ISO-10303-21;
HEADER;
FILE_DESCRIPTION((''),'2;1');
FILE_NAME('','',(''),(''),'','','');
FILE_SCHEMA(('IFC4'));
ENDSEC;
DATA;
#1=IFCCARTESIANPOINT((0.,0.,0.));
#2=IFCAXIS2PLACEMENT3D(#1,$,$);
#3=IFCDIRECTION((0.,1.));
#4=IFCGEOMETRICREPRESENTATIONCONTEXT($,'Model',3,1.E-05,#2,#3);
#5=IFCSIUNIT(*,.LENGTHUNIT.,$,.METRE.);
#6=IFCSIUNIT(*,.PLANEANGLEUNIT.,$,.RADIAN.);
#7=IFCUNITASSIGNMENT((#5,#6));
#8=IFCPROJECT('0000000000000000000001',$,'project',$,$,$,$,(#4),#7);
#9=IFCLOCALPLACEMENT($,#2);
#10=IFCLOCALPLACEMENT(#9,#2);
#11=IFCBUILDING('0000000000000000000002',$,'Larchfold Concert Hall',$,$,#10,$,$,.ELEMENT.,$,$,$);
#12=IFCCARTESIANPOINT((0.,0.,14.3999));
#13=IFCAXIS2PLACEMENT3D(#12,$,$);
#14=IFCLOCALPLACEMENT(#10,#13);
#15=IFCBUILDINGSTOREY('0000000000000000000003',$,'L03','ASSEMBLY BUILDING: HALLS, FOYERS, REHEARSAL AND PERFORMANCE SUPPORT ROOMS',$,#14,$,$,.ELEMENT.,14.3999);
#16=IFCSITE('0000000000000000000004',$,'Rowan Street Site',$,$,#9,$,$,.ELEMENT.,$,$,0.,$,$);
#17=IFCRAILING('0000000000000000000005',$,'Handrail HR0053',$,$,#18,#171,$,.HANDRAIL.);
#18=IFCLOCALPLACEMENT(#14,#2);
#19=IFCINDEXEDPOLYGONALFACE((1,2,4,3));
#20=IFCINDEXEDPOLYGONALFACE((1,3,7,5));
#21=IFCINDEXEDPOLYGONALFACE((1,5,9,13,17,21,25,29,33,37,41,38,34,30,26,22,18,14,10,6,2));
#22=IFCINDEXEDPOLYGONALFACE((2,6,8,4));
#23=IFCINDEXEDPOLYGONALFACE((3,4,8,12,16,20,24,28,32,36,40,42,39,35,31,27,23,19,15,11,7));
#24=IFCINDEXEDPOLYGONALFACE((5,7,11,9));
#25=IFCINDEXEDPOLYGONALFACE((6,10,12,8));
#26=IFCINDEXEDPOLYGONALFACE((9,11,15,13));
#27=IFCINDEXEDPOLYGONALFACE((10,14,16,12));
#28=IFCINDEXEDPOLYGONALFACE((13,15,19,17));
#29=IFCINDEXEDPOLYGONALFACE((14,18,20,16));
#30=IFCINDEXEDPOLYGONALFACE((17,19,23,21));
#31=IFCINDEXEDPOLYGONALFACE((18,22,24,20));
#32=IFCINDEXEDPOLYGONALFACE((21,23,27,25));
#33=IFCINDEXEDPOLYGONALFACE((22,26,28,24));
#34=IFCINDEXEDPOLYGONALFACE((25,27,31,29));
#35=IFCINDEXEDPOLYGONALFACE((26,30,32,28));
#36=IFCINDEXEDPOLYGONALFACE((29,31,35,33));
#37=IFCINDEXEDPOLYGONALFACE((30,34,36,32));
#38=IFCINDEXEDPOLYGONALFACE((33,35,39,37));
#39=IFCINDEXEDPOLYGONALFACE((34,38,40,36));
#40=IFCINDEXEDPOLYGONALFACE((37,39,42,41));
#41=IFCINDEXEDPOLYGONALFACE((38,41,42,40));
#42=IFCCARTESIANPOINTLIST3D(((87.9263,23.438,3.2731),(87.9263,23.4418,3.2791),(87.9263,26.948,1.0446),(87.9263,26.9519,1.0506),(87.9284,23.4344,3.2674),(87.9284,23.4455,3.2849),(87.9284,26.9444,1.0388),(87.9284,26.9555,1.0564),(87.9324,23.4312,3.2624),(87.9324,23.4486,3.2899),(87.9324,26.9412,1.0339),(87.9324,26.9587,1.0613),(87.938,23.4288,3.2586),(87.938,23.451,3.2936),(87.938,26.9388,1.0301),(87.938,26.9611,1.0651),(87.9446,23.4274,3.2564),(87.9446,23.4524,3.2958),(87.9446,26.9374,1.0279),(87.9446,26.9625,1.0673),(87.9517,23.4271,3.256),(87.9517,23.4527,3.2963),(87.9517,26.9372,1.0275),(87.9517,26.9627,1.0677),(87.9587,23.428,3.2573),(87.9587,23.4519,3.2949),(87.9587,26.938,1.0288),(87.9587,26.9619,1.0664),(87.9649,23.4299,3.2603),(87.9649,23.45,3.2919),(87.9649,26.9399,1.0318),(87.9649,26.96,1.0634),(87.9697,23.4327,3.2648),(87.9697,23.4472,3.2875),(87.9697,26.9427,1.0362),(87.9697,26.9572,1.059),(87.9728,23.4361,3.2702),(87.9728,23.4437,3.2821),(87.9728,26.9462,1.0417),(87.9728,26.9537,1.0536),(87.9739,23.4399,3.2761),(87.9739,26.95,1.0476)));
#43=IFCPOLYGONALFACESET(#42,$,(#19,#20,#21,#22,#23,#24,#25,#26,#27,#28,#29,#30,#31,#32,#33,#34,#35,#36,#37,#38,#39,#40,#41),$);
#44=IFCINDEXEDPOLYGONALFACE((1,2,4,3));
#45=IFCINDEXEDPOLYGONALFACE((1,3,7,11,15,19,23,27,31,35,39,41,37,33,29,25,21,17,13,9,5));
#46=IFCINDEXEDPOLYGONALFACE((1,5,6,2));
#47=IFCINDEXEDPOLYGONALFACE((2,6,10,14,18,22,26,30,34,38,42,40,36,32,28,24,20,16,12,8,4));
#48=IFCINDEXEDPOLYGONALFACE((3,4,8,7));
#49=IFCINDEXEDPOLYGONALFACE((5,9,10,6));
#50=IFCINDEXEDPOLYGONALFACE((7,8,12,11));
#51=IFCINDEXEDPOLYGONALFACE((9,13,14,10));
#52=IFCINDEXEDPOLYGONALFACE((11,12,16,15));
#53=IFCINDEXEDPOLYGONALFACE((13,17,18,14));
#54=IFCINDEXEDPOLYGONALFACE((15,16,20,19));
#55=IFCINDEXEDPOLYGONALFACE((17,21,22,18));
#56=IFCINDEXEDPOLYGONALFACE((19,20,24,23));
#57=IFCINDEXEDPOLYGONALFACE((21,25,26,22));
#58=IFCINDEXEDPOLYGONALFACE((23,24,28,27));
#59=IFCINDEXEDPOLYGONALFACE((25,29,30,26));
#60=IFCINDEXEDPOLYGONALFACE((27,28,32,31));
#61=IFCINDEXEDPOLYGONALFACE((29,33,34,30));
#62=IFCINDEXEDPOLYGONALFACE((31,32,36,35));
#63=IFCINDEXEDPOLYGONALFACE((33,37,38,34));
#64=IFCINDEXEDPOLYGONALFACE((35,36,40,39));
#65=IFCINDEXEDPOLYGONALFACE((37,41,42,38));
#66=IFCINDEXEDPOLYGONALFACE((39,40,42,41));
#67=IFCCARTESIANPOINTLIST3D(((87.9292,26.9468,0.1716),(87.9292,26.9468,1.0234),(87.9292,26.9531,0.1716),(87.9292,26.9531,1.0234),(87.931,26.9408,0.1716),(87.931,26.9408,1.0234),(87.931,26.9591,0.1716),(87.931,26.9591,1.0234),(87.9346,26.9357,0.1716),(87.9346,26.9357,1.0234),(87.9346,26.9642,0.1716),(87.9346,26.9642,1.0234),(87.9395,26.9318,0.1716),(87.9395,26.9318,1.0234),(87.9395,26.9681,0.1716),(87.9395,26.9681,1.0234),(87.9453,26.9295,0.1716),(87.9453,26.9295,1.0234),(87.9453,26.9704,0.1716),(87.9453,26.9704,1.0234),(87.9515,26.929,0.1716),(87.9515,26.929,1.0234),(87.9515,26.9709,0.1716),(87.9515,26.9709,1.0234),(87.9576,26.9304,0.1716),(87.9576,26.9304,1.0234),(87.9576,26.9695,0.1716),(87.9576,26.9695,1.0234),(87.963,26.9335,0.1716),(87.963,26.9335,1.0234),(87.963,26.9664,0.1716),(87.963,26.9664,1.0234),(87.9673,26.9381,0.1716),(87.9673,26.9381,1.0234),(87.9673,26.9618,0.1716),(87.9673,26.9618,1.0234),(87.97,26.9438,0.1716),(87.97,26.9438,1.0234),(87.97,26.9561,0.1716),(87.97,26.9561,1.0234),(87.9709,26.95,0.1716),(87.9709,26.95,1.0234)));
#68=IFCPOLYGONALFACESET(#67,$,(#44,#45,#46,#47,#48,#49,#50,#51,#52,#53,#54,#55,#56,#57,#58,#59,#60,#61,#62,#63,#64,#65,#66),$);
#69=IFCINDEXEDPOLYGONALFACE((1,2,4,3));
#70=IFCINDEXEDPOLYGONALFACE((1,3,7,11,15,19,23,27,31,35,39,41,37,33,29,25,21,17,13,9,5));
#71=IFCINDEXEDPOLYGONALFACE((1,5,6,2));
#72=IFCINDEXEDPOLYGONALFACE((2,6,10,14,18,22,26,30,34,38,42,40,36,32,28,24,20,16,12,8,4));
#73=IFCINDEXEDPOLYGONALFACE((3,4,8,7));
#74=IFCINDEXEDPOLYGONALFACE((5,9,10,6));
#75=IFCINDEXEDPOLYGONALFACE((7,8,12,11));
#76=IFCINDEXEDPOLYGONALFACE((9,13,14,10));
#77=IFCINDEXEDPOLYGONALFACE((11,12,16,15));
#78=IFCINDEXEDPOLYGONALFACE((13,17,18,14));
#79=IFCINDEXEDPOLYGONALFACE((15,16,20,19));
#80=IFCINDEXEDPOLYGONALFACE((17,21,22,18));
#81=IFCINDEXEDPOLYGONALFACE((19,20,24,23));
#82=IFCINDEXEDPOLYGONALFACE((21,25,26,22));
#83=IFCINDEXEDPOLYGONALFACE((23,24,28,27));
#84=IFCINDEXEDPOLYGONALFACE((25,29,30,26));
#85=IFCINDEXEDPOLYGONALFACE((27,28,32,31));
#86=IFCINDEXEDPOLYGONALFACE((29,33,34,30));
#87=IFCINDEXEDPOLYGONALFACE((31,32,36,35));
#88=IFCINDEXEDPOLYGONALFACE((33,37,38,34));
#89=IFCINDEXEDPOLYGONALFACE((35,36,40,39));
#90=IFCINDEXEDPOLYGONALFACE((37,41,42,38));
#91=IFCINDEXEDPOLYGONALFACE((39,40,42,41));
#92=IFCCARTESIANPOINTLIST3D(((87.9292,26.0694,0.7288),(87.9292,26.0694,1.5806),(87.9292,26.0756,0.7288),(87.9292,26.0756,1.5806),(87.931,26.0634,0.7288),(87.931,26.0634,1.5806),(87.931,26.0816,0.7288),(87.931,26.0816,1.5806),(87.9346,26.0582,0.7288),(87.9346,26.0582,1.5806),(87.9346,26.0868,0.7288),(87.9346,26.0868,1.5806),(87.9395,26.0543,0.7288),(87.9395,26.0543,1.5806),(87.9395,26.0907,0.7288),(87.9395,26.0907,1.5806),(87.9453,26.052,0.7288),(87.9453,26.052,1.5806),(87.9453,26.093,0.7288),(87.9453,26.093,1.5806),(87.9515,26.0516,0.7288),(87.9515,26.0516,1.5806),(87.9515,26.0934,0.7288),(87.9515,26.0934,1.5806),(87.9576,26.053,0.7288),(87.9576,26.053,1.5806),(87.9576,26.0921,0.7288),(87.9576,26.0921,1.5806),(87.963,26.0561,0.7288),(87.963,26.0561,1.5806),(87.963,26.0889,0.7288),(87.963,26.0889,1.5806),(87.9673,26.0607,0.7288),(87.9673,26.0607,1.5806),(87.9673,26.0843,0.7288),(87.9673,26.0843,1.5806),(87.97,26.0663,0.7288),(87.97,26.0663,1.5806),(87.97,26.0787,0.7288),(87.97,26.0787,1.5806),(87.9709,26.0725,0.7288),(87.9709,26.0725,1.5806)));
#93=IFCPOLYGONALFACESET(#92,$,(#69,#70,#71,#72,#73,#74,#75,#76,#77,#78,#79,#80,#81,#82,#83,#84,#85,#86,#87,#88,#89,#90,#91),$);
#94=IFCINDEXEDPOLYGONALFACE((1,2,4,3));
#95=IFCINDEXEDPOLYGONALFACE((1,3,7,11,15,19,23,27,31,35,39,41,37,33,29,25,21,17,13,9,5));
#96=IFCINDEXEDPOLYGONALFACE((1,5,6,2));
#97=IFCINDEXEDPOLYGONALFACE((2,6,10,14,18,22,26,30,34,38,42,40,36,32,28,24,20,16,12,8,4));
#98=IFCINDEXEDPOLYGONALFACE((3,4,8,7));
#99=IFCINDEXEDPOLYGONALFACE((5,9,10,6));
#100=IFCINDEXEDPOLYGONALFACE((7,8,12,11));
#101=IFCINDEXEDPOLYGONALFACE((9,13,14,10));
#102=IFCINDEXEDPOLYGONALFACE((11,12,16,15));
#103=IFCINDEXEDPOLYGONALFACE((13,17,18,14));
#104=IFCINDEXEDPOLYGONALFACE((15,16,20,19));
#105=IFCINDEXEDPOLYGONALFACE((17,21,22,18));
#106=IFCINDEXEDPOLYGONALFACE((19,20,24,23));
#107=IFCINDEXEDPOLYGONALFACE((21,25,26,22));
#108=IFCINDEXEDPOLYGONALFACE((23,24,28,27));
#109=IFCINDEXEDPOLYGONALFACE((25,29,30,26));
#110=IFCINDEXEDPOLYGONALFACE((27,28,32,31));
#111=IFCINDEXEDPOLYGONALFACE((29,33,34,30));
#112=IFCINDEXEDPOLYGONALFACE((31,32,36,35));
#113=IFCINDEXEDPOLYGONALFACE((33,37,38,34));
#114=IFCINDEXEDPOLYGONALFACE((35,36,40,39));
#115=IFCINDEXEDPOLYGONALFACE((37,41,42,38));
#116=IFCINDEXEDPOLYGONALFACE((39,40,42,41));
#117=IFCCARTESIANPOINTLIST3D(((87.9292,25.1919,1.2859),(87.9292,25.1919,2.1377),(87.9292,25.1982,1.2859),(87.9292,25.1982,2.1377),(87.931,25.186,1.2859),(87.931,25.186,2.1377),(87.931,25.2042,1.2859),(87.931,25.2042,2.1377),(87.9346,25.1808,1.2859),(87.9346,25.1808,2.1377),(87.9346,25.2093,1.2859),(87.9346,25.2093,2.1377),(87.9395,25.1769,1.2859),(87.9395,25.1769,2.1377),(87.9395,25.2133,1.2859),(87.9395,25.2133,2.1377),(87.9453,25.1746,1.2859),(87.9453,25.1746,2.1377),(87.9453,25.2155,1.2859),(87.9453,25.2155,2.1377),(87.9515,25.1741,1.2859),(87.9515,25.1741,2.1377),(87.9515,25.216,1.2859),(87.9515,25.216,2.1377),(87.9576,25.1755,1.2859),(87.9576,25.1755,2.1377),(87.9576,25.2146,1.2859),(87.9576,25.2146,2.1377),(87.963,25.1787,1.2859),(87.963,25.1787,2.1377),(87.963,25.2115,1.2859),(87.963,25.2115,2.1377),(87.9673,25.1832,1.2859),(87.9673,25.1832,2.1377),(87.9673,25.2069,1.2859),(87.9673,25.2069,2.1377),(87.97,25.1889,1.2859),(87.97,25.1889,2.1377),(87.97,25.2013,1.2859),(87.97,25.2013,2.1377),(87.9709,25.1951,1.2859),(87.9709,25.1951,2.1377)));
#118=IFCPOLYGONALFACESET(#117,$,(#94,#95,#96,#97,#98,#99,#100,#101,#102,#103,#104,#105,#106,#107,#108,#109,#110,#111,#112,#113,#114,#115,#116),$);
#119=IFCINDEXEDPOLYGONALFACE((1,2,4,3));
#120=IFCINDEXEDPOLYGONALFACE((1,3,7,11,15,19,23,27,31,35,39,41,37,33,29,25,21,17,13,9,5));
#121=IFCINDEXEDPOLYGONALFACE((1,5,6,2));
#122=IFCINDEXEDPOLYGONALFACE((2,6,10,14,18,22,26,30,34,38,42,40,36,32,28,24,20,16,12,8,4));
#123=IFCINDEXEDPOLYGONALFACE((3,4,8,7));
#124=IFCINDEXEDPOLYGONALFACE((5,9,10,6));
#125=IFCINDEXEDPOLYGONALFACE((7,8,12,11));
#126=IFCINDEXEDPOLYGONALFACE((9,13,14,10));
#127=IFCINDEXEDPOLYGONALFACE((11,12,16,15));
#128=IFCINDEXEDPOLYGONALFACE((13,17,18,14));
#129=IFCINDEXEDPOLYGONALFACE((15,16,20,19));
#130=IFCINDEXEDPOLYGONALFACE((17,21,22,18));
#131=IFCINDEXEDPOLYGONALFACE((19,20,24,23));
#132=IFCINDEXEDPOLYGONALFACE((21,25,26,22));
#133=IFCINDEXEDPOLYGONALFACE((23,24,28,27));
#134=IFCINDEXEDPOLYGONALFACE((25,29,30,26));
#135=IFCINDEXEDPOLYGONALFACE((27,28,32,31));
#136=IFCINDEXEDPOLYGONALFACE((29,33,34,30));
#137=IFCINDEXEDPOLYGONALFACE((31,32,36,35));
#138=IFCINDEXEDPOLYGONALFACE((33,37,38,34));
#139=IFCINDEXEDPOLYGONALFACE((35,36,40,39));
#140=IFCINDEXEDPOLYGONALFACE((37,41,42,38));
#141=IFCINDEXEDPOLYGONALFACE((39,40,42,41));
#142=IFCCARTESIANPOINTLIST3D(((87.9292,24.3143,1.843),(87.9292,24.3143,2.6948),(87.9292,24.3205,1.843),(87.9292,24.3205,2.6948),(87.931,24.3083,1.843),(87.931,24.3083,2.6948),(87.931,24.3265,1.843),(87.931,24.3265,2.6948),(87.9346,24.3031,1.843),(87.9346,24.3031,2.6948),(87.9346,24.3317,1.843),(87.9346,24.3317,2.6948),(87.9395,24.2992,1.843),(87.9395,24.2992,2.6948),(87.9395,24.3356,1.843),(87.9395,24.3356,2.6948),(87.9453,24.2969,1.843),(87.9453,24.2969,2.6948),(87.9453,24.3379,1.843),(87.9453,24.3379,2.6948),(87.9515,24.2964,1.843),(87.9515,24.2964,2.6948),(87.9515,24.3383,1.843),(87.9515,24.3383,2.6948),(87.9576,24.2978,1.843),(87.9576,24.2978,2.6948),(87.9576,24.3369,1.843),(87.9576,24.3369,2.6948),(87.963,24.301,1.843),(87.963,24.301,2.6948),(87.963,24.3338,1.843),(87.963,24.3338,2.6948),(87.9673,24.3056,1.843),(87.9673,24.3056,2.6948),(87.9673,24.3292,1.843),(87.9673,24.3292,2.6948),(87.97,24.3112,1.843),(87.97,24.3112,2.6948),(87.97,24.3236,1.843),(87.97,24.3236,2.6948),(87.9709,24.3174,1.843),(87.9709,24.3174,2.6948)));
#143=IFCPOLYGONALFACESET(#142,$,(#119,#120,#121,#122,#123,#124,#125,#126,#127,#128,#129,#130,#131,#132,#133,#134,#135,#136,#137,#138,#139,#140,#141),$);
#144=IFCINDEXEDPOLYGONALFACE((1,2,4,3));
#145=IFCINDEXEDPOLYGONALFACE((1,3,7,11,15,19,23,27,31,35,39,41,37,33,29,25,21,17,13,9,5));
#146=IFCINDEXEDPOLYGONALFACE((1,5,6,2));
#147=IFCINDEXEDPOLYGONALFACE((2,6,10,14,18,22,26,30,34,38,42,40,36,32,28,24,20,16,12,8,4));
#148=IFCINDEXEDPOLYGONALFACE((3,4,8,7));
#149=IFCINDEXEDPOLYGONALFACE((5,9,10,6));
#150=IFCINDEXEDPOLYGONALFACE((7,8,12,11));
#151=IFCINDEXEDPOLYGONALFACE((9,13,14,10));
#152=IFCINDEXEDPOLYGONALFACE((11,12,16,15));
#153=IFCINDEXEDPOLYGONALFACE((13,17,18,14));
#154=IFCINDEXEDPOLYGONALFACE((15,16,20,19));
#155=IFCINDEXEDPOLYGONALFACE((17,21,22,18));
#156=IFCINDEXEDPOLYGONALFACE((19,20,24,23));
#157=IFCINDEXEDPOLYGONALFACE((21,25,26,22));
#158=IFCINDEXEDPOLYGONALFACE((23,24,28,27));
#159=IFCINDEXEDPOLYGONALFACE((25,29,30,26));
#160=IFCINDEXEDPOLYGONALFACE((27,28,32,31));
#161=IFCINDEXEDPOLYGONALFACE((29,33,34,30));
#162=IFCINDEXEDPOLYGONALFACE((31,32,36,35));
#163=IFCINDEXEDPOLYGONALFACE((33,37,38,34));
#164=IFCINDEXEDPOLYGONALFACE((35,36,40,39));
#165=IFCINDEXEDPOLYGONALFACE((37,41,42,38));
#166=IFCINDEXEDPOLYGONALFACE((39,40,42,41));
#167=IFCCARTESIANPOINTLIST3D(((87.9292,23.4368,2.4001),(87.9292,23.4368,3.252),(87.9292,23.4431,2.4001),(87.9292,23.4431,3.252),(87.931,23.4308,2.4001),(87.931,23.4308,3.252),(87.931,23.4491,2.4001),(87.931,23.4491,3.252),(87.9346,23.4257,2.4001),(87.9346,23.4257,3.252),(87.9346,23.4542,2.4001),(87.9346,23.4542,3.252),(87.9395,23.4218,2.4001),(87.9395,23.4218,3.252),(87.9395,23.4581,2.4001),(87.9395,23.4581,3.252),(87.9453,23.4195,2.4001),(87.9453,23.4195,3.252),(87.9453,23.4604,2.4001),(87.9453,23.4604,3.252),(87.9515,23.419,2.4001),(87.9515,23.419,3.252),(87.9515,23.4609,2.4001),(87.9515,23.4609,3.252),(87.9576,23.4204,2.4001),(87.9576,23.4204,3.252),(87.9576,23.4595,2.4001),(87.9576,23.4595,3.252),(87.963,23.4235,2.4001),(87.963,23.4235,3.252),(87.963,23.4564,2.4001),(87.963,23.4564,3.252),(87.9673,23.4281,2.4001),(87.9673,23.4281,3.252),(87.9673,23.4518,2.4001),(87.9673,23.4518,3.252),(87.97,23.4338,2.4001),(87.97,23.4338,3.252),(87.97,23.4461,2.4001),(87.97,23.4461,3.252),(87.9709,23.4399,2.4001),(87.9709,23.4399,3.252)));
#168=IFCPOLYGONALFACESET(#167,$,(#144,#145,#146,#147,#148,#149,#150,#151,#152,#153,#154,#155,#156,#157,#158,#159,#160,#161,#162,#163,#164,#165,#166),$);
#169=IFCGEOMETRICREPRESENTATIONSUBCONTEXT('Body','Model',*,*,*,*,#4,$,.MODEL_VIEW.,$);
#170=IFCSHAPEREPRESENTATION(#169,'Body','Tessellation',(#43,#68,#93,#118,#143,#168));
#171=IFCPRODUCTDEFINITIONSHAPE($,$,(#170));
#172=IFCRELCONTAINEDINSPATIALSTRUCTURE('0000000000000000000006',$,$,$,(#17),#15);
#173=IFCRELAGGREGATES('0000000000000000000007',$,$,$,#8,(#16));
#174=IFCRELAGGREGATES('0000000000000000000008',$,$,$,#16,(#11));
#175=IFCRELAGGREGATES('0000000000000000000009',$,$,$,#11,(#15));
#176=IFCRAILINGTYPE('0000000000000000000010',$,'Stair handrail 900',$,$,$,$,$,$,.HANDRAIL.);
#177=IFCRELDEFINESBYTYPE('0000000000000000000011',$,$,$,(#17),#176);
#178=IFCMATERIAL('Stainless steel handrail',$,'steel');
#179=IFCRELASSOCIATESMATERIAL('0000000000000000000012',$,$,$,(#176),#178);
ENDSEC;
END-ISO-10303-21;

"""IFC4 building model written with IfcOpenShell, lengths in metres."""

from ifc_helpers import new_model, si_unit, direction, frame, origin, origin_2d, place, context, subcontext, project, spatial, circle, extrude, material, type_object, element, save


model = new_model("IFC4")

# Units and contexts
model_context = context("Model", 3, precision=1e-05, world=origin(), true_north=direction((0.0, 1.0)))
body_context = subcontext(model_context, "Body", "Model", "MODEL_VIEW")
ifc_project = project(units=[si_unit("LENGTHUNIT", "METRE"), si_unit("PLANEANGLEUNIT", "RADIAN")], contexts=[model_context])

# Site, building, storey
site_placement = place(None, origin())
site = spatial("IfcSite", under=ifc_project, at=site_placement, Name="Rowan Street Site", CompositionType="ELEMENT", RefElevation=0.0)
building_placement = place(site_placement, origin())
building = spatial("IfcBuilding", under=site, at=building_placement, Name="Larchfold Concert Hall", CompositionType="ELEMENT")
storey_placement = place(building_placement, frame((0.0, 0.0, 14.3999)))
storey = spatial("IfcBuildingStorey", under=building, at=storey_placement, Name="L03", Description="ASSEMBLY BUILDING: HALLS, FOYERS, REHEARSAL AND PERFORMANCE SUPPORT ROOMS", CompositionType="ELEMENT", Elevation=14.3999)

# Railing
ifc_material_1 = material(Name="Stainless steel handrail", Category="steel")
railing_type_1 = type_object("IfcRailingType", Name="Stair handrail 900", PredefinedType="HANDRAIL", material=ifc_material_1)
railing_1_placement = place(storey_placement, frame((87.95, 26.95, 0.1716)))
element("IfcRailing", 1, at=railing_1_placement, inside=storey, type_object=railing_type_1, Name="Handrail HR0053", PredefinedType="HANDRAIL", context=body_context, shape_type="SweptSolid", body=[
    extrude(circle(Radius=0.0239, at=origin_2d()), frame((0.0, 0.0, 0.876), z_axis=(0.0, -0.84422, 0.535998), x_axis=(1.0, 0.0, 0.0)), (0.0, 0.0, 1.0), 4.1577),
    extrude(circle(Radius=0.021, at=origin_2d()), origin(), (0.0, 0.0, 1.0), 0.8518),
    extrude(circle(Radius=0.021, at=origin_2d()), frame((0.0, -0.8774, 0.5571)), (0.0, 0.0, 1.0), 0.8518),
    extrude(circle(Radius=0.021, at=origin_2d()), frame((0.0, -1.7549, 1.1143)), (0.0, 0.0, 1.0), 0.8518),
    extrude(circle(Radius=0.021, at=origin_2d()), frame((0.0, -2.6326, 1.6714)), (0.0, 0.0, 1.0), 0.8518),
    extrude(circle(Radius=0.021, at=origin_2d()), frame((0.0, -3.51, 2.2285)), (0.0, 0.0, 1.0), 0.8518),
])

save(model, "model.ifc")
